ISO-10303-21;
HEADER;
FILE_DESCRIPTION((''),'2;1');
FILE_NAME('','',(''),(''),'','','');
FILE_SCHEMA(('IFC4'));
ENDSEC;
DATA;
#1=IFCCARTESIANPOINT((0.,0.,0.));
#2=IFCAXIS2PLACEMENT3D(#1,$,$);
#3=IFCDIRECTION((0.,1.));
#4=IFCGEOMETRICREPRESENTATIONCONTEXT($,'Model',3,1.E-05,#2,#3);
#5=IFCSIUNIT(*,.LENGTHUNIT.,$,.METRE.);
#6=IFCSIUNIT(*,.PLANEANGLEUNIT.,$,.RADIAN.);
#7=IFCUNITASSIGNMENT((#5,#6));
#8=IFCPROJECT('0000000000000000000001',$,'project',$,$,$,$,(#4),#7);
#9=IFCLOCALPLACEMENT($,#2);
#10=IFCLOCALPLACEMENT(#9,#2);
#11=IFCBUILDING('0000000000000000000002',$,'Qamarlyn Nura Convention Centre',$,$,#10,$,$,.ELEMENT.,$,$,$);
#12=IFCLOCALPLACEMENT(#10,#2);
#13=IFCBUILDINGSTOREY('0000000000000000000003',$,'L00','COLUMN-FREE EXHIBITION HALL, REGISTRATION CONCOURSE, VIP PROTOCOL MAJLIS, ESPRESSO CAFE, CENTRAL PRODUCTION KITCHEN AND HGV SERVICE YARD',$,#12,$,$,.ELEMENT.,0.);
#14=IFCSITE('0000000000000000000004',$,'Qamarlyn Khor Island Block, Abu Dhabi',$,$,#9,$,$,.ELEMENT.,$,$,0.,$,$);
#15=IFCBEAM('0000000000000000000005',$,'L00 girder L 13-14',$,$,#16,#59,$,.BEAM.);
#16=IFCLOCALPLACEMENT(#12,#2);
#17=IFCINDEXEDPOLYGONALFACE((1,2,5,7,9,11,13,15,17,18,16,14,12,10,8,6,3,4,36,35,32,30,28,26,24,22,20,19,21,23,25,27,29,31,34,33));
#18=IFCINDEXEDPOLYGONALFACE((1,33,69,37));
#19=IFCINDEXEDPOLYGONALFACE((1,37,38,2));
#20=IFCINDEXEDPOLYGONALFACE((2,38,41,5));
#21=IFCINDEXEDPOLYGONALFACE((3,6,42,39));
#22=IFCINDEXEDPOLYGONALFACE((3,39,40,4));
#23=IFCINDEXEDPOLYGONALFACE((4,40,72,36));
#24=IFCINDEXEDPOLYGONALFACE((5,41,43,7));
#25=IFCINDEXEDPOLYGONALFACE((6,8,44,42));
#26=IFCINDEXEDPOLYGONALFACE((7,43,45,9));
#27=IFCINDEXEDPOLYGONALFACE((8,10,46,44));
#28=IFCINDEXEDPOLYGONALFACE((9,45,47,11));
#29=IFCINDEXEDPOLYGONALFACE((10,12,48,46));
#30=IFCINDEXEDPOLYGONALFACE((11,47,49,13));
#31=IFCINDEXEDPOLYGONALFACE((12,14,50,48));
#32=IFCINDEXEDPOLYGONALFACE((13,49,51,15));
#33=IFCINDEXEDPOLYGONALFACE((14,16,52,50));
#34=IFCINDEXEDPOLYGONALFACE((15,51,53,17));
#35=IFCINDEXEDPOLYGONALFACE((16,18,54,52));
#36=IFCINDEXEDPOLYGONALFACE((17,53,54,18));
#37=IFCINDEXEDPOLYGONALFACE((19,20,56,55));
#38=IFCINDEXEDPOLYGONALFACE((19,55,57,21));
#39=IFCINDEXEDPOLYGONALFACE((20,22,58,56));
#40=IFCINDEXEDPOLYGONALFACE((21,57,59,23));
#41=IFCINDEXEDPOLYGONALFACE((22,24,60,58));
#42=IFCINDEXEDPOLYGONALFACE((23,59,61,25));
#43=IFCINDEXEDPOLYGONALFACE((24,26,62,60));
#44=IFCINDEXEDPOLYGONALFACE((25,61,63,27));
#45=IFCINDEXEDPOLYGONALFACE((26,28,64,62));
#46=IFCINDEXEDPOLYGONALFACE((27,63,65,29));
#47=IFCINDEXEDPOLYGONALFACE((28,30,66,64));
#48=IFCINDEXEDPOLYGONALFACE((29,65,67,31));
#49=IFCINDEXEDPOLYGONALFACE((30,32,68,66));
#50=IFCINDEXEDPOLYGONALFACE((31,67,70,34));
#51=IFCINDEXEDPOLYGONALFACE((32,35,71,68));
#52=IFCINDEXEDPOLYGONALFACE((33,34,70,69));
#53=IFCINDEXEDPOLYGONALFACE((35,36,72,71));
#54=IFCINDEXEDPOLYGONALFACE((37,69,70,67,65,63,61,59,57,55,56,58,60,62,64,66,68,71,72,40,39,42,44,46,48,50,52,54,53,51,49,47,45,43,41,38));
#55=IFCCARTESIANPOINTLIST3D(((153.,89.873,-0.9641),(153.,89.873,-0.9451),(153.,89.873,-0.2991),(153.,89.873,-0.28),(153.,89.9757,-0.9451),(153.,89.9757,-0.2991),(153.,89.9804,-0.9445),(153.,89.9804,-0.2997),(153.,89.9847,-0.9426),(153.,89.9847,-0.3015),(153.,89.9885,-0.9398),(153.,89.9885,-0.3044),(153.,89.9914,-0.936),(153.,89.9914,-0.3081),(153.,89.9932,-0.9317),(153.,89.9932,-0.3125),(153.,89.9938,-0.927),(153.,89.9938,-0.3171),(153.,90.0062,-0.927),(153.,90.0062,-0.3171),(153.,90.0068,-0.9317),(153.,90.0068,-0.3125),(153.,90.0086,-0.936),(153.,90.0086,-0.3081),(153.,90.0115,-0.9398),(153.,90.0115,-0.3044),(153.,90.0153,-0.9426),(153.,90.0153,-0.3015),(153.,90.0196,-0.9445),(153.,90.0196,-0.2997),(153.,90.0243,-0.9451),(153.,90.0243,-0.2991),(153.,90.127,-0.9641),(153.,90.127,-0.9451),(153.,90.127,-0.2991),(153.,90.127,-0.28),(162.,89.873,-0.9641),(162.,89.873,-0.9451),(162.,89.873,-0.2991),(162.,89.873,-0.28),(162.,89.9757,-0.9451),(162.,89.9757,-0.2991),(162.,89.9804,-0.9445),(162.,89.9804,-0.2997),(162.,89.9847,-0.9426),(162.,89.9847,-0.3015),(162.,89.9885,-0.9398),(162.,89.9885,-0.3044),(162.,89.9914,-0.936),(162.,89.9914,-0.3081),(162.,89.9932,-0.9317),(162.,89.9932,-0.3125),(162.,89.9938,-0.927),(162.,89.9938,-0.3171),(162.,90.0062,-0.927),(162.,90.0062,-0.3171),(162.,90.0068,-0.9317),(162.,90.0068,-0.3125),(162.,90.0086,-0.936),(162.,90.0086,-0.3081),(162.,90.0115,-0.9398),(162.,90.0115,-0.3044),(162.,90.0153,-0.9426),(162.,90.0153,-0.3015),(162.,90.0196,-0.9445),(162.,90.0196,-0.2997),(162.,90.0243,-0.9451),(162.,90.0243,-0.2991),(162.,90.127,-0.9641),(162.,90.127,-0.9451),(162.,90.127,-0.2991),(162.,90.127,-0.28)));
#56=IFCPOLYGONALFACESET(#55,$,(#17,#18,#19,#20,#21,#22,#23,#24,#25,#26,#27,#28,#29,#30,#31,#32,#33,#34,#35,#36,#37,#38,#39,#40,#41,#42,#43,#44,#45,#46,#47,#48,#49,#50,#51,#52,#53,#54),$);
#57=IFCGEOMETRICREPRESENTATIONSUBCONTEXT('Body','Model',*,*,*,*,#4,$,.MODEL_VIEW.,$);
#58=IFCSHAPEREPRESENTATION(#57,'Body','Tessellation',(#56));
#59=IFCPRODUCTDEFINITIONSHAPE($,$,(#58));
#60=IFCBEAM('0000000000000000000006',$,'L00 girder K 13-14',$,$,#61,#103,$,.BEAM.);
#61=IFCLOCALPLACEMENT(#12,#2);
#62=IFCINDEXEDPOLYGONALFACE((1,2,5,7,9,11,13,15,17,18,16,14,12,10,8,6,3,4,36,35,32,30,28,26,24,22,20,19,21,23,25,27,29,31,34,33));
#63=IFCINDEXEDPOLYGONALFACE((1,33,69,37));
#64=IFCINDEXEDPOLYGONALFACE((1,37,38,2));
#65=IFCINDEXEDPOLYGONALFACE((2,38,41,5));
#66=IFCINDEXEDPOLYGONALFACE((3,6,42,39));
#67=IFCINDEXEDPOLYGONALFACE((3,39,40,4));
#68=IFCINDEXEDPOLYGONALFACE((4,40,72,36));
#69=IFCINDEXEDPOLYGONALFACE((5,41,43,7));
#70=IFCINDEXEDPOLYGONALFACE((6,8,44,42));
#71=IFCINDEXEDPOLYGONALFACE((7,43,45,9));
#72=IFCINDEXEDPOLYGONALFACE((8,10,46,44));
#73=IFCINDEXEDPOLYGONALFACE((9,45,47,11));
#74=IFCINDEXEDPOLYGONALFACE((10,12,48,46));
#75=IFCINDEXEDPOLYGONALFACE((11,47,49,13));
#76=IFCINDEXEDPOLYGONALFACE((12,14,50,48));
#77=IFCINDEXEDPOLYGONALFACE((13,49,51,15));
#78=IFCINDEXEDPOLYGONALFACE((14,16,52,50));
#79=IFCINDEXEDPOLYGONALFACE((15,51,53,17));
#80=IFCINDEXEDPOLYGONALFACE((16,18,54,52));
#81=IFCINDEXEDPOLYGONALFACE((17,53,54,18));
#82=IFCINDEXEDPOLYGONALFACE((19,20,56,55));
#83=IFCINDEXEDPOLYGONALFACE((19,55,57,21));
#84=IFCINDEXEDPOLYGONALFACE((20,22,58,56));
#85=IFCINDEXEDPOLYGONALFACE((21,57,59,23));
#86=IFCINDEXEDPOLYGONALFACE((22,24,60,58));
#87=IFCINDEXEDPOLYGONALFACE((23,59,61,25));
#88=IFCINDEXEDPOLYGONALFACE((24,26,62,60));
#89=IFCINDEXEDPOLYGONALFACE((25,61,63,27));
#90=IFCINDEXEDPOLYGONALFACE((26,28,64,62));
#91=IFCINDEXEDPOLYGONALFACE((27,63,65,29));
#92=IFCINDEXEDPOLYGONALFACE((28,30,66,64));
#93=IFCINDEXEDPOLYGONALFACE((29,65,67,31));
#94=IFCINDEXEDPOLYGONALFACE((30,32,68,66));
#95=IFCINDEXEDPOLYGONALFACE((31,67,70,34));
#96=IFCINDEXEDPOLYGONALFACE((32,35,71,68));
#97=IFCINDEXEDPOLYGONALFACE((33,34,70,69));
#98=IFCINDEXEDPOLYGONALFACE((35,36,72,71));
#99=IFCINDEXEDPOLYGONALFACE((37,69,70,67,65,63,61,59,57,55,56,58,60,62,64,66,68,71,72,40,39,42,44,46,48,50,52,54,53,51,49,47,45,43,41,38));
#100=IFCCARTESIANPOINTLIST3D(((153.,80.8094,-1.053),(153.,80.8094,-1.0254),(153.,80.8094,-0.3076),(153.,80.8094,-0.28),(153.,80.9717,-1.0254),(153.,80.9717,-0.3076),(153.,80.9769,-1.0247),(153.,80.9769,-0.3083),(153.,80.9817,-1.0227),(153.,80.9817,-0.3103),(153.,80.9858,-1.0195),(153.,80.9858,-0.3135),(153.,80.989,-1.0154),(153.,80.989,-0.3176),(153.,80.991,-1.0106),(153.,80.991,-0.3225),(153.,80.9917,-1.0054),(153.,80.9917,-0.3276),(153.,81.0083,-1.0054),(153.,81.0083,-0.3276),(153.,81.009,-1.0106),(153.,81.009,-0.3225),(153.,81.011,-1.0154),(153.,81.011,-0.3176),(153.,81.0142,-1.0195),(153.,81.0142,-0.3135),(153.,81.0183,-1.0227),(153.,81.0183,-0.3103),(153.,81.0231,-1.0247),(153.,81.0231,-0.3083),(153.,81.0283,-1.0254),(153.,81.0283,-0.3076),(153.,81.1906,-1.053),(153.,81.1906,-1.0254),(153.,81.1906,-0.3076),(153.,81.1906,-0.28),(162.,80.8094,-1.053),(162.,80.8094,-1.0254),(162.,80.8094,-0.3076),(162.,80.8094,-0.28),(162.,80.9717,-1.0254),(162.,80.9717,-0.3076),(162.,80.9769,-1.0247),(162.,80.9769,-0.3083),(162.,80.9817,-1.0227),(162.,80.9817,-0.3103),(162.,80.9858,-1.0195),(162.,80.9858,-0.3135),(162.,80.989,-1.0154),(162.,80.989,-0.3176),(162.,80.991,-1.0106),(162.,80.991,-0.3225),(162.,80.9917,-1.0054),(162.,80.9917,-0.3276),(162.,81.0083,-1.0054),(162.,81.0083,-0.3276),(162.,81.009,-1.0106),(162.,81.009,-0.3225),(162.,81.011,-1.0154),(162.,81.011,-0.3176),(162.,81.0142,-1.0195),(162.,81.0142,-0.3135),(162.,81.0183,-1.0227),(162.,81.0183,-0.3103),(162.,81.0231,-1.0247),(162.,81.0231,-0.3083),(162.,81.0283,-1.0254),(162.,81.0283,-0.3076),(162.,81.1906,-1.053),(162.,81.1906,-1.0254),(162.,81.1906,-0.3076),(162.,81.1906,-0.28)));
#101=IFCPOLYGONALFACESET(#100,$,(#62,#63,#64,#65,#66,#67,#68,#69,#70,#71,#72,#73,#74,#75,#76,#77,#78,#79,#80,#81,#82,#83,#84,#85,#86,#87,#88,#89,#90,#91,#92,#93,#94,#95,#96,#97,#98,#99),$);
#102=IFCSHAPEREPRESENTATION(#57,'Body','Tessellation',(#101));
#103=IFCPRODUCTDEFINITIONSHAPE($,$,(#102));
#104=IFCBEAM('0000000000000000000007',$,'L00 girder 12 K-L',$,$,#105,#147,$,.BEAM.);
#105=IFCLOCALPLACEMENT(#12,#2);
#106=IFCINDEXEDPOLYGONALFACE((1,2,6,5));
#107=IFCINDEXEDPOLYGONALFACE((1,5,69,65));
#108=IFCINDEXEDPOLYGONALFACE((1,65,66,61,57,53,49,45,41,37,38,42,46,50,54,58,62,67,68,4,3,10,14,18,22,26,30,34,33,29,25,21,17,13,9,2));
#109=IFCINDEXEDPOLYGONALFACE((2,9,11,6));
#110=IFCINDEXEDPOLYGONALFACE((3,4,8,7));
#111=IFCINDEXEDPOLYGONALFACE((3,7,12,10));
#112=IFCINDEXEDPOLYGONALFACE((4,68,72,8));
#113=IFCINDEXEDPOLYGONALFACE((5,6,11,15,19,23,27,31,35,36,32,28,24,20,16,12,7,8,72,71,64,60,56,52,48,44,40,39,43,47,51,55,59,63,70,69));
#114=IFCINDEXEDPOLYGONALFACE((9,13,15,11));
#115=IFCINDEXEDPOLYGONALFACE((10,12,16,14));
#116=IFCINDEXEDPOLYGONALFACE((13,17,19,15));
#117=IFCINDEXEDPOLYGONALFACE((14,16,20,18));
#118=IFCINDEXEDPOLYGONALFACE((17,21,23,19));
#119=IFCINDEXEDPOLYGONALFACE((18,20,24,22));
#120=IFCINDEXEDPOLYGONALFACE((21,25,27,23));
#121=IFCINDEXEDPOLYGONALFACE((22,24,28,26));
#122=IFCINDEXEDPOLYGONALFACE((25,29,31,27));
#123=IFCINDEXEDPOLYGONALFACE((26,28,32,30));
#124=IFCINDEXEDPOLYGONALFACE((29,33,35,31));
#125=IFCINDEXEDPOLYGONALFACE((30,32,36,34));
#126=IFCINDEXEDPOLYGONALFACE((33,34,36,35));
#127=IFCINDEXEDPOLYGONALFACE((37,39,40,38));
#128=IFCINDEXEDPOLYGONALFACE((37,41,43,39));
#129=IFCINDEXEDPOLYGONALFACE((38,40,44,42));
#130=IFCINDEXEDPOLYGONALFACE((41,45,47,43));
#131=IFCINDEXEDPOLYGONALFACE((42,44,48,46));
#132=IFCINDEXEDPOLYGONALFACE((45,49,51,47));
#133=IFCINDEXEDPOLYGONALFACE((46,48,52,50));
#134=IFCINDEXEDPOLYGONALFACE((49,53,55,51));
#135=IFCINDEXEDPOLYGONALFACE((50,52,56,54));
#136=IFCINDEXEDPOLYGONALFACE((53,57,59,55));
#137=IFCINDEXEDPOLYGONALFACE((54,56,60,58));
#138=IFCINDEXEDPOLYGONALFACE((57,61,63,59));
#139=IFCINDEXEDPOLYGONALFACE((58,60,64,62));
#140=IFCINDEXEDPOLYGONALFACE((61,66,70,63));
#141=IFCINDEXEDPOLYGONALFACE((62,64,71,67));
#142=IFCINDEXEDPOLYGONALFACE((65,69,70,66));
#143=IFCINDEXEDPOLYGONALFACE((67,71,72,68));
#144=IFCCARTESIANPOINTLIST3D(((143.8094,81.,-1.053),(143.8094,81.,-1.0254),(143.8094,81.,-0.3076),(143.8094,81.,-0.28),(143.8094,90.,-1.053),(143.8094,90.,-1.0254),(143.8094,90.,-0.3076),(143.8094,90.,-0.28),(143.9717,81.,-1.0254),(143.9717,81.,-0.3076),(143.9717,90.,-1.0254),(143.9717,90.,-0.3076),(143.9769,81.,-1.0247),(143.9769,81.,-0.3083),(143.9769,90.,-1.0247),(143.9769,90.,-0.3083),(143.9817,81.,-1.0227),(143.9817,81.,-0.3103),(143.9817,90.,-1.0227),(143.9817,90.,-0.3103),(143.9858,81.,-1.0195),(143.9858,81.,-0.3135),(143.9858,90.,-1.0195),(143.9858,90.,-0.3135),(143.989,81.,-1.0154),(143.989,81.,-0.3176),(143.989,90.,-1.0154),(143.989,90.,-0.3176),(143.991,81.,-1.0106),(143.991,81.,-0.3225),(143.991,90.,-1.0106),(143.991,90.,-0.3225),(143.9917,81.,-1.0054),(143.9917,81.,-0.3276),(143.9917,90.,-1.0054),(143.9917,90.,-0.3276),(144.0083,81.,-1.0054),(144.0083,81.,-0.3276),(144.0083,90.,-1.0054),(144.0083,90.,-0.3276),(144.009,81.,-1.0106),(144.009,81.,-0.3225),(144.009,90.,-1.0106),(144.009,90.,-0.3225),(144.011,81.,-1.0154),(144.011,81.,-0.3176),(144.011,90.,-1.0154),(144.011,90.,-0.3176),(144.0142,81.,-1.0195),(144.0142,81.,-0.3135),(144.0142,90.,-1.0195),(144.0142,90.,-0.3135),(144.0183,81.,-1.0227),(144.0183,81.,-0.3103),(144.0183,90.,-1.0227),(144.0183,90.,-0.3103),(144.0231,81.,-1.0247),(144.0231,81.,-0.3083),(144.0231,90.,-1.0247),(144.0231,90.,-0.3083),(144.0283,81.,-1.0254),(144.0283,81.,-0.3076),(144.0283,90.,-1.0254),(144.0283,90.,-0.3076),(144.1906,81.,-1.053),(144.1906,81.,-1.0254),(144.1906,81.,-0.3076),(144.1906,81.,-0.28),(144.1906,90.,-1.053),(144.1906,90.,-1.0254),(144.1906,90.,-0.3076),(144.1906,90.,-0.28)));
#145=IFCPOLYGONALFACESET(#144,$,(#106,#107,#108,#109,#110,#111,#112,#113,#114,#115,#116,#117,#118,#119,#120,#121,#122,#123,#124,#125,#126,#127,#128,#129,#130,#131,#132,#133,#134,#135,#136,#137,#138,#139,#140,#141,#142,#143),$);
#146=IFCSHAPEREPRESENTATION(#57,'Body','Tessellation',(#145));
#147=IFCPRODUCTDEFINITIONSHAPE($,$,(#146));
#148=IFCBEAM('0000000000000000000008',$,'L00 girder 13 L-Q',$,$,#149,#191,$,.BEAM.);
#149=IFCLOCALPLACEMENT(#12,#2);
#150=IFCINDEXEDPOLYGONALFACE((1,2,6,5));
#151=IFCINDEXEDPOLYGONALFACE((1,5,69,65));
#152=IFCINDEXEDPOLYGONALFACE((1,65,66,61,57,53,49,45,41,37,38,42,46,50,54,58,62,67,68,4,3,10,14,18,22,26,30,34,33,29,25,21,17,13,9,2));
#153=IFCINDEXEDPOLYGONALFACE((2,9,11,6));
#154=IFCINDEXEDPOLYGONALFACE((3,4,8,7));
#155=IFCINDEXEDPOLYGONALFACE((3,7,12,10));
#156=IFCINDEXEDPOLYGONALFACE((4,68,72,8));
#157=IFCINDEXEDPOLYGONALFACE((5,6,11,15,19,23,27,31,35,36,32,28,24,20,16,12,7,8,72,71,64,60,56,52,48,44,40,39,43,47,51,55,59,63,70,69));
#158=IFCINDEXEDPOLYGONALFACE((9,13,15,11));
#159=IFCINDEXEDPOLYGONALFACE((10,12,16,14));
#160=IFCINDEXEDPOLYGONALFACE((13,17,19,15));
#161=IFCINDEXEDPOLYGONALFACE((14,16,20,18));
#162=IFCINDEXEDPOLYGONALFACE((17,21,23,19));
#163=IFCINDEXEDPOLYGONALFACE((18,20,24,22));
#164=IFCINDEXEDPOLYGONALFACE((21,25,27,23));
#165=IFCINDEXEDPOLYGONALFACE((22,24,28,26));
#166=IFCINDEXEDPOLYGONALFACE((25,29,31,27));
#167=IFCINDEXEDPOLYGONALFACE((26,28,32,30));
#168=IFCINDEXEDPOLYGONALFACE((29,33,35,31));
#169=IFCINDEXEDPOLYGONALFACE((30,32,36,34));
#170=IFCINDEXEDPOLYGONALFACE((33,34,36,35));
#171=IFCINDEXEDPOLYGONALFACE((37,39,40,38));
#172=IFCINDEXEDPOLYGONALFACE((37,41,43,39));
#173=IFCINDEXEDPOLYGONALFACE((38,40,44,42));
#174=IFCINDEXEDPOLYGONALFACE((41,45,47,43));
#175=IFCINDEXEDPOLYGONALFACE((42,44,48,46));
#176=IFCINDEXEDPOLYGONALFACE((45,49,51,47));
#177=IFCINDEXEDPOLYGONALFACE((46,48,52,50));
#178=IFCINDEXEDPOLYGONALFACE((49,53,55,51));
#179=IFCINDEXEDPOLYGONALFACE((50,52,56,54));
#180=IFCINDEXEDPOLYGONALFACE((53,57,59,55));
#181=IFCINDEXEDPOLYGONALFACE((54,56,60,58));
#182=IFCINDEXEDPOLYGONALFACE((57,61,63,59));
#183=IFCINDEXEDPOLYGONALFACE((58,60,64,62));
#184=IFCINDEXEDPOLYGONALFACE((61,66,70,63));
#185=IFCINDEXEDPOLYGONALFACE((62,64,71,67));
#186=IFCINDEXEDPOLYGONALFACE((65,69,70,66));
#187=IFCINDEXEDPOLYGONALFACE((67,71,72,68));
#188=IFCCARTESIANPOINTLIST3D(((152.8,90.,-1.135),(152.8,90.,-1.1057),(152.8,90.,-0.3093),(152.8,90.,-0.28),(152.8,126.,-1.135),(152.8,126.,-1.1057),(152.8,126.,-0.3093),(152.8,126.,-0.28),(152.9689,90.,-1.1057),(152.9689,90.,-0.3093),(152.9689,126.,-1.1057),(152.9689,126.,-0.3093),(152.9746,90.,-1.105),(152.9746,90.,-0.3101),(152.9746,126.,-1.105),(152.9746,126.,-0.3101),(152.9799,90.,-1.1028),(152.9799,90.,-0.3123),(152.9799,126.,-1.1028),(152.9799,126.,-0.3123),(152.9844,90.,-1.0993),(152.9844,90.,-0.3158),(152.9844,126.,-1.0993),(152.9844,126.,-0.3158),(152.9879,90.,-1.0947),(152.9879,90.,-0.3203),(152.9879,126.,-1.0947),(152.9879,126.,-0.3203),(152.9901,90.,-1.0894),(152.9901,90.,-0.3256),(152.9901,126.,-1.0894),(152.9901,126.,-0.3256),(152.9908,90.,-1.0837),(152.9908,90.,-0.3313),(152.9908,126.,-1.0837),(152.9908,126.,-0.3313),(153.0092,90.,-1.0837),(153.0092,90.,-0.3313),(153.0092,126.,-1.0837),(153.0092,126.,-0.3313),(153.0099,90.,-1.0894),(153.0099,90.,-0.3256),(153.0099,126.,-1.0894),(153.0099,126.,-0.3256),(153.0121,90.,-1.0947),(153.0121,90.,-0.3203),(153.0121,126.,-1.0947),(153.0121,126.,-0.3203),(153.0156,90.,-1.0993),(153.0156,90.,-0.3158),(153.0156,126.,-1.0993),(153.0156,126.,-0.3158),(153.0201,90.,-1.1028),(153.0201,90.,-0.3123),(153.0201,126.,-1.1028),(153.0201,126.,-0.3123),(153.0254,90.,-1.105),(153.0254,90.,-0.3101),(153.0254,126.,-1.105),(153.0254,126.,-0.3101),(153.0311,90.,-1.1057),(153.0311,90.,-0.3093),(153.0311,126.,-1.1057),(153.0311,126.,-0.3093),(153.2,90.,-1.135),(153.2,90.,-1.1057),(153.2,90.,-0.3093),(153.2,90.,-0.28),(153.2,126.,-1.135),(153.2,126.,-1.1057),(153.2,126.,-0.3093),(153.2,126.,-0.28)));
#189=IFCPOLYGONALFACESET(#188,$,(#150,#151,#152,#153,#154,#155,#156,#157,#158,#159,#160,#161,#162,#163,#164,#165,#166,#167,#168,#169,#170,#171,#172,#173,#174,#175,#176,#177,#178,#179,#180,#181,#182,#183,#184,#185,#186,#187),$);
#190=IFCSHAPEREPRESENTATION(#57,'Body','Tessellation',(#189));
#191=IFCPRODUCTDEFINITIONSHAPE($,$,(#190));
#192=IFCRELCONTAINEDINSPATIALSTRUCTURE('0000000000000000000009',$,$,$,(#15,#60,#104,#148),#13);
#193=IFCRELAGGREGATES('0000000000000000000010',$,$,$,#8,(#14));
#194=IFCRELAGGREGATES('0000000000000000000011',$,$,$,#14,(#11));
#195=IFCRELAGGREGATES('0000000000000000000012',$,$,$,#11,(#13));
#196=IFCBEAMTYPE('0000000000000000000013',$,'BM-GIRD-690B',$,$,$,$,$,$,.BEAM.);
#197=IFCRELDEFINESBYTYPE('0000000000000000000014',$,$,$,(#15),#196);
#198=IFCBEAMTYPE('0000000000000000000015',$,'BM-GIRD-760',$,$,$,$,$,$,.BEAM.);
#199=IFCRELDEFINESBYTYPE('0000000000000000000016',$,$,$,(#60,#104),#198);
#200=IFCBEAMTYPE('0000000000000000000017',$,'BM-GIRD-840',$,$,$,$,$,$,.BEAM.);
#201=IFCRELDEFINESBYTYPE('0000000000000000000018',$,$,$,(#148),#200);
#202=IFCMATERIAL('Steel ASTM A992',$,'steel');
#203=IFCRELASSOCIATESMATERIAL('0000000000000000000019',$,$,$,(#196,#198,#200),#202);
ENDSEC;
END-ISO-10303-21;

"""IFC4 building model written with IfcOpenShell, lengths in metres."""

from ifc_helpers import new_model, si_unit, direction, frame, origin, origin_2d, place, context, subcontext, project, spatial, i_section, extrude, material, material_profile, profile_set, type_object, element, save


model = new_model("IFC4")

# Units and contexts
model_context = context("Model", 3, precision=1e-05, world=origin(), true_north=direction((0.0, 1.0)))
body_context = subcontext(model_context, "Body", "Model", "MODEL_VIEW")
ifc_project = project(units=[si_unit("LENGTHUNIT", "METRE"), si_unit("PLANEANGLEUNIT", "RADIAN")], contexts=[model_context])

# Site, building, storey
site_placement = place(None, origin())
site = spatial("IfcSite", under=ifc_project, at=site_placement, Name="Qamarlyn Khor Island Block, Abu Dhabi", CompositionType="ELEMENT", RefElevation=0.0)
building_placement = place(site_placement, origin())
building = spatial("IfcBuilding", under=site, at=building_placement, Name="Qamarlyn Nura Convention Centre", CompositionType="ELEMENT")
storey_placement = place(building_placement, origin())
storey = spatial("IfcBuildingStorey", under=building, at=storey_placement, Name="L00", Description="COLUMN-FREE EXHIBITION HALL, REGISTRATION CONCOURSE, VIP PROTOCOL MAJLIS, ESPRESSO CAFE, CENTRAL PRODUCTION KITCHEN AND HGV SERVICE YARD", CompositionType="ELEMENT", Elevation=0.0)

# Shared definitions
ifc_material_1 = material(Name="Steel ASTM A992", Category="steel")

# Beams
ifc_material_profile_1 = material_profile(ifc_material_1, i_section(OverallWidth=0.2539, OverallDepth=0.6841, WebThickness=0.0125, FlangeThickness=0.019, FilletRadius=0.0181, at=origin_2d()), Name="W690X140")
ifc_profile_set_1 = profile_set([ifc_material_profile_1], Name="Steel ASTM A992")
beam_type_1 = type_object("IfcBeamType", Name="BM-GIRD-690B", PredefinedType="BEAM", material=ifc_profile_set_1)
beam_1_placement = place(storey_placement, frame((153.0, 90.0, -0.6221), z_axis=(1.0, 0.0, 0.0), x_axis=(0.0, 1.0, 0.0)))
element("IfcBeam", 1, at=beam_1_placement, inside=storey, type_object=beam_type_1, Name="L00 girder L 13-14", PredefinedType="BEAM", context=body_context, shape_type="SweptSolid", body=[
    extrude(i_section(OverallWidth=0.2539, OverallDepth=0.6841, WebThickness=0.0125, FlangeThickness=0.019, FilletRadius=0.0181, at=origin_2d()), origin(), (0.0, 0.0, 1.0), 9.0),
])
ifc_material_profile_2 = material_profile(ifc_material_1, i_section(OverallWidth=0.3811, OverallDepth=0.7729, WebThickness=0.0166, FlangeThickness=0.0276, FilletRadius=0.02, at=origin_2d()), Name="W760X257")
ifc_profile_set_2 = profile_set([ifc_material_profile_2], Name="Steel ASTM A992")
beam_type_2 = type_object("IfcBeamType", Name="BM-GIRD-760", PredefinedType="BEAM", material=ifc_profile_set_2)
for number, where, z_axis, x_axis, name in (
    (2, (153.0, 81.0, -0.6665), (1.0, 0.0, 0.0), (0.0, 1.0, 0.0), "L00 girder K 13-14"),
    (3, (144.0, 81.0, -0.6665), (0.0, 1.0, 0.0), (-1.0, 0.0, 0.0), "L00 girder 12 K-L"),
):
    element("IfcBeam", number, at=place(storey_placement, frame(where, z_axis=z_axis, x_axis=x_axis)), inside=storey, type_object=beam_type_2, Name=name, PredefinedType="BEAM", context=body_context, shape_type="SweptSolid", body=[
        extrude(i_section(OverallWidth=0.3811, OverallDepth=0.7729, WebThickness=0.0166, FlangeThickness=0.0276, FilletRadius=0.02, at=origin_2d()), origin(), (0.0, 0.0, 1.0), 9.0),
    ])
ifc_material_profile_3 = material_profile(ifc_material_1, i_section(OverallWidth=0.3999, OverallDepth=0.855, WebThickness=0.0183, FlangeThickness=0.0293, FilletRadius=0.022, at=origin_2d()), Name="W840X299")
ifc_profile_set_3 = profile_set([ifc_material_profile_3], Name="Steel ASTM A992")
beam_type_3 = type_object("IfcBeamType", Name="BM-GIRD-840", PredefinedType="BEAM", material=ifc_profile_set_3)
beam_2_placement = place(storey_placement, frame((153.0, 90.0, -0.7075), z_axis=(0.0, 1.0, 0.0), x_axis=(-1.0, 0.0, 0.0)))
element("IfcBeam", 4, at=beam_2_placement, inside=storey, type_object=beam_type_3, Name="L00 girder 13 L-Q", PredefinedType="BEAM", context=body_context, shape_type="SweptSolid", body=[
    extrude(i_section(OverallWidth=0.3999, OverallDepth=0.855, WebThickness=0.0183, FlangeThickness=0.0293, FilletRadius=0.022, at=origin_2d()), origin(), (0.0, 0.0, 1.0), 36.0),
])

save(model, "model.ifc")
